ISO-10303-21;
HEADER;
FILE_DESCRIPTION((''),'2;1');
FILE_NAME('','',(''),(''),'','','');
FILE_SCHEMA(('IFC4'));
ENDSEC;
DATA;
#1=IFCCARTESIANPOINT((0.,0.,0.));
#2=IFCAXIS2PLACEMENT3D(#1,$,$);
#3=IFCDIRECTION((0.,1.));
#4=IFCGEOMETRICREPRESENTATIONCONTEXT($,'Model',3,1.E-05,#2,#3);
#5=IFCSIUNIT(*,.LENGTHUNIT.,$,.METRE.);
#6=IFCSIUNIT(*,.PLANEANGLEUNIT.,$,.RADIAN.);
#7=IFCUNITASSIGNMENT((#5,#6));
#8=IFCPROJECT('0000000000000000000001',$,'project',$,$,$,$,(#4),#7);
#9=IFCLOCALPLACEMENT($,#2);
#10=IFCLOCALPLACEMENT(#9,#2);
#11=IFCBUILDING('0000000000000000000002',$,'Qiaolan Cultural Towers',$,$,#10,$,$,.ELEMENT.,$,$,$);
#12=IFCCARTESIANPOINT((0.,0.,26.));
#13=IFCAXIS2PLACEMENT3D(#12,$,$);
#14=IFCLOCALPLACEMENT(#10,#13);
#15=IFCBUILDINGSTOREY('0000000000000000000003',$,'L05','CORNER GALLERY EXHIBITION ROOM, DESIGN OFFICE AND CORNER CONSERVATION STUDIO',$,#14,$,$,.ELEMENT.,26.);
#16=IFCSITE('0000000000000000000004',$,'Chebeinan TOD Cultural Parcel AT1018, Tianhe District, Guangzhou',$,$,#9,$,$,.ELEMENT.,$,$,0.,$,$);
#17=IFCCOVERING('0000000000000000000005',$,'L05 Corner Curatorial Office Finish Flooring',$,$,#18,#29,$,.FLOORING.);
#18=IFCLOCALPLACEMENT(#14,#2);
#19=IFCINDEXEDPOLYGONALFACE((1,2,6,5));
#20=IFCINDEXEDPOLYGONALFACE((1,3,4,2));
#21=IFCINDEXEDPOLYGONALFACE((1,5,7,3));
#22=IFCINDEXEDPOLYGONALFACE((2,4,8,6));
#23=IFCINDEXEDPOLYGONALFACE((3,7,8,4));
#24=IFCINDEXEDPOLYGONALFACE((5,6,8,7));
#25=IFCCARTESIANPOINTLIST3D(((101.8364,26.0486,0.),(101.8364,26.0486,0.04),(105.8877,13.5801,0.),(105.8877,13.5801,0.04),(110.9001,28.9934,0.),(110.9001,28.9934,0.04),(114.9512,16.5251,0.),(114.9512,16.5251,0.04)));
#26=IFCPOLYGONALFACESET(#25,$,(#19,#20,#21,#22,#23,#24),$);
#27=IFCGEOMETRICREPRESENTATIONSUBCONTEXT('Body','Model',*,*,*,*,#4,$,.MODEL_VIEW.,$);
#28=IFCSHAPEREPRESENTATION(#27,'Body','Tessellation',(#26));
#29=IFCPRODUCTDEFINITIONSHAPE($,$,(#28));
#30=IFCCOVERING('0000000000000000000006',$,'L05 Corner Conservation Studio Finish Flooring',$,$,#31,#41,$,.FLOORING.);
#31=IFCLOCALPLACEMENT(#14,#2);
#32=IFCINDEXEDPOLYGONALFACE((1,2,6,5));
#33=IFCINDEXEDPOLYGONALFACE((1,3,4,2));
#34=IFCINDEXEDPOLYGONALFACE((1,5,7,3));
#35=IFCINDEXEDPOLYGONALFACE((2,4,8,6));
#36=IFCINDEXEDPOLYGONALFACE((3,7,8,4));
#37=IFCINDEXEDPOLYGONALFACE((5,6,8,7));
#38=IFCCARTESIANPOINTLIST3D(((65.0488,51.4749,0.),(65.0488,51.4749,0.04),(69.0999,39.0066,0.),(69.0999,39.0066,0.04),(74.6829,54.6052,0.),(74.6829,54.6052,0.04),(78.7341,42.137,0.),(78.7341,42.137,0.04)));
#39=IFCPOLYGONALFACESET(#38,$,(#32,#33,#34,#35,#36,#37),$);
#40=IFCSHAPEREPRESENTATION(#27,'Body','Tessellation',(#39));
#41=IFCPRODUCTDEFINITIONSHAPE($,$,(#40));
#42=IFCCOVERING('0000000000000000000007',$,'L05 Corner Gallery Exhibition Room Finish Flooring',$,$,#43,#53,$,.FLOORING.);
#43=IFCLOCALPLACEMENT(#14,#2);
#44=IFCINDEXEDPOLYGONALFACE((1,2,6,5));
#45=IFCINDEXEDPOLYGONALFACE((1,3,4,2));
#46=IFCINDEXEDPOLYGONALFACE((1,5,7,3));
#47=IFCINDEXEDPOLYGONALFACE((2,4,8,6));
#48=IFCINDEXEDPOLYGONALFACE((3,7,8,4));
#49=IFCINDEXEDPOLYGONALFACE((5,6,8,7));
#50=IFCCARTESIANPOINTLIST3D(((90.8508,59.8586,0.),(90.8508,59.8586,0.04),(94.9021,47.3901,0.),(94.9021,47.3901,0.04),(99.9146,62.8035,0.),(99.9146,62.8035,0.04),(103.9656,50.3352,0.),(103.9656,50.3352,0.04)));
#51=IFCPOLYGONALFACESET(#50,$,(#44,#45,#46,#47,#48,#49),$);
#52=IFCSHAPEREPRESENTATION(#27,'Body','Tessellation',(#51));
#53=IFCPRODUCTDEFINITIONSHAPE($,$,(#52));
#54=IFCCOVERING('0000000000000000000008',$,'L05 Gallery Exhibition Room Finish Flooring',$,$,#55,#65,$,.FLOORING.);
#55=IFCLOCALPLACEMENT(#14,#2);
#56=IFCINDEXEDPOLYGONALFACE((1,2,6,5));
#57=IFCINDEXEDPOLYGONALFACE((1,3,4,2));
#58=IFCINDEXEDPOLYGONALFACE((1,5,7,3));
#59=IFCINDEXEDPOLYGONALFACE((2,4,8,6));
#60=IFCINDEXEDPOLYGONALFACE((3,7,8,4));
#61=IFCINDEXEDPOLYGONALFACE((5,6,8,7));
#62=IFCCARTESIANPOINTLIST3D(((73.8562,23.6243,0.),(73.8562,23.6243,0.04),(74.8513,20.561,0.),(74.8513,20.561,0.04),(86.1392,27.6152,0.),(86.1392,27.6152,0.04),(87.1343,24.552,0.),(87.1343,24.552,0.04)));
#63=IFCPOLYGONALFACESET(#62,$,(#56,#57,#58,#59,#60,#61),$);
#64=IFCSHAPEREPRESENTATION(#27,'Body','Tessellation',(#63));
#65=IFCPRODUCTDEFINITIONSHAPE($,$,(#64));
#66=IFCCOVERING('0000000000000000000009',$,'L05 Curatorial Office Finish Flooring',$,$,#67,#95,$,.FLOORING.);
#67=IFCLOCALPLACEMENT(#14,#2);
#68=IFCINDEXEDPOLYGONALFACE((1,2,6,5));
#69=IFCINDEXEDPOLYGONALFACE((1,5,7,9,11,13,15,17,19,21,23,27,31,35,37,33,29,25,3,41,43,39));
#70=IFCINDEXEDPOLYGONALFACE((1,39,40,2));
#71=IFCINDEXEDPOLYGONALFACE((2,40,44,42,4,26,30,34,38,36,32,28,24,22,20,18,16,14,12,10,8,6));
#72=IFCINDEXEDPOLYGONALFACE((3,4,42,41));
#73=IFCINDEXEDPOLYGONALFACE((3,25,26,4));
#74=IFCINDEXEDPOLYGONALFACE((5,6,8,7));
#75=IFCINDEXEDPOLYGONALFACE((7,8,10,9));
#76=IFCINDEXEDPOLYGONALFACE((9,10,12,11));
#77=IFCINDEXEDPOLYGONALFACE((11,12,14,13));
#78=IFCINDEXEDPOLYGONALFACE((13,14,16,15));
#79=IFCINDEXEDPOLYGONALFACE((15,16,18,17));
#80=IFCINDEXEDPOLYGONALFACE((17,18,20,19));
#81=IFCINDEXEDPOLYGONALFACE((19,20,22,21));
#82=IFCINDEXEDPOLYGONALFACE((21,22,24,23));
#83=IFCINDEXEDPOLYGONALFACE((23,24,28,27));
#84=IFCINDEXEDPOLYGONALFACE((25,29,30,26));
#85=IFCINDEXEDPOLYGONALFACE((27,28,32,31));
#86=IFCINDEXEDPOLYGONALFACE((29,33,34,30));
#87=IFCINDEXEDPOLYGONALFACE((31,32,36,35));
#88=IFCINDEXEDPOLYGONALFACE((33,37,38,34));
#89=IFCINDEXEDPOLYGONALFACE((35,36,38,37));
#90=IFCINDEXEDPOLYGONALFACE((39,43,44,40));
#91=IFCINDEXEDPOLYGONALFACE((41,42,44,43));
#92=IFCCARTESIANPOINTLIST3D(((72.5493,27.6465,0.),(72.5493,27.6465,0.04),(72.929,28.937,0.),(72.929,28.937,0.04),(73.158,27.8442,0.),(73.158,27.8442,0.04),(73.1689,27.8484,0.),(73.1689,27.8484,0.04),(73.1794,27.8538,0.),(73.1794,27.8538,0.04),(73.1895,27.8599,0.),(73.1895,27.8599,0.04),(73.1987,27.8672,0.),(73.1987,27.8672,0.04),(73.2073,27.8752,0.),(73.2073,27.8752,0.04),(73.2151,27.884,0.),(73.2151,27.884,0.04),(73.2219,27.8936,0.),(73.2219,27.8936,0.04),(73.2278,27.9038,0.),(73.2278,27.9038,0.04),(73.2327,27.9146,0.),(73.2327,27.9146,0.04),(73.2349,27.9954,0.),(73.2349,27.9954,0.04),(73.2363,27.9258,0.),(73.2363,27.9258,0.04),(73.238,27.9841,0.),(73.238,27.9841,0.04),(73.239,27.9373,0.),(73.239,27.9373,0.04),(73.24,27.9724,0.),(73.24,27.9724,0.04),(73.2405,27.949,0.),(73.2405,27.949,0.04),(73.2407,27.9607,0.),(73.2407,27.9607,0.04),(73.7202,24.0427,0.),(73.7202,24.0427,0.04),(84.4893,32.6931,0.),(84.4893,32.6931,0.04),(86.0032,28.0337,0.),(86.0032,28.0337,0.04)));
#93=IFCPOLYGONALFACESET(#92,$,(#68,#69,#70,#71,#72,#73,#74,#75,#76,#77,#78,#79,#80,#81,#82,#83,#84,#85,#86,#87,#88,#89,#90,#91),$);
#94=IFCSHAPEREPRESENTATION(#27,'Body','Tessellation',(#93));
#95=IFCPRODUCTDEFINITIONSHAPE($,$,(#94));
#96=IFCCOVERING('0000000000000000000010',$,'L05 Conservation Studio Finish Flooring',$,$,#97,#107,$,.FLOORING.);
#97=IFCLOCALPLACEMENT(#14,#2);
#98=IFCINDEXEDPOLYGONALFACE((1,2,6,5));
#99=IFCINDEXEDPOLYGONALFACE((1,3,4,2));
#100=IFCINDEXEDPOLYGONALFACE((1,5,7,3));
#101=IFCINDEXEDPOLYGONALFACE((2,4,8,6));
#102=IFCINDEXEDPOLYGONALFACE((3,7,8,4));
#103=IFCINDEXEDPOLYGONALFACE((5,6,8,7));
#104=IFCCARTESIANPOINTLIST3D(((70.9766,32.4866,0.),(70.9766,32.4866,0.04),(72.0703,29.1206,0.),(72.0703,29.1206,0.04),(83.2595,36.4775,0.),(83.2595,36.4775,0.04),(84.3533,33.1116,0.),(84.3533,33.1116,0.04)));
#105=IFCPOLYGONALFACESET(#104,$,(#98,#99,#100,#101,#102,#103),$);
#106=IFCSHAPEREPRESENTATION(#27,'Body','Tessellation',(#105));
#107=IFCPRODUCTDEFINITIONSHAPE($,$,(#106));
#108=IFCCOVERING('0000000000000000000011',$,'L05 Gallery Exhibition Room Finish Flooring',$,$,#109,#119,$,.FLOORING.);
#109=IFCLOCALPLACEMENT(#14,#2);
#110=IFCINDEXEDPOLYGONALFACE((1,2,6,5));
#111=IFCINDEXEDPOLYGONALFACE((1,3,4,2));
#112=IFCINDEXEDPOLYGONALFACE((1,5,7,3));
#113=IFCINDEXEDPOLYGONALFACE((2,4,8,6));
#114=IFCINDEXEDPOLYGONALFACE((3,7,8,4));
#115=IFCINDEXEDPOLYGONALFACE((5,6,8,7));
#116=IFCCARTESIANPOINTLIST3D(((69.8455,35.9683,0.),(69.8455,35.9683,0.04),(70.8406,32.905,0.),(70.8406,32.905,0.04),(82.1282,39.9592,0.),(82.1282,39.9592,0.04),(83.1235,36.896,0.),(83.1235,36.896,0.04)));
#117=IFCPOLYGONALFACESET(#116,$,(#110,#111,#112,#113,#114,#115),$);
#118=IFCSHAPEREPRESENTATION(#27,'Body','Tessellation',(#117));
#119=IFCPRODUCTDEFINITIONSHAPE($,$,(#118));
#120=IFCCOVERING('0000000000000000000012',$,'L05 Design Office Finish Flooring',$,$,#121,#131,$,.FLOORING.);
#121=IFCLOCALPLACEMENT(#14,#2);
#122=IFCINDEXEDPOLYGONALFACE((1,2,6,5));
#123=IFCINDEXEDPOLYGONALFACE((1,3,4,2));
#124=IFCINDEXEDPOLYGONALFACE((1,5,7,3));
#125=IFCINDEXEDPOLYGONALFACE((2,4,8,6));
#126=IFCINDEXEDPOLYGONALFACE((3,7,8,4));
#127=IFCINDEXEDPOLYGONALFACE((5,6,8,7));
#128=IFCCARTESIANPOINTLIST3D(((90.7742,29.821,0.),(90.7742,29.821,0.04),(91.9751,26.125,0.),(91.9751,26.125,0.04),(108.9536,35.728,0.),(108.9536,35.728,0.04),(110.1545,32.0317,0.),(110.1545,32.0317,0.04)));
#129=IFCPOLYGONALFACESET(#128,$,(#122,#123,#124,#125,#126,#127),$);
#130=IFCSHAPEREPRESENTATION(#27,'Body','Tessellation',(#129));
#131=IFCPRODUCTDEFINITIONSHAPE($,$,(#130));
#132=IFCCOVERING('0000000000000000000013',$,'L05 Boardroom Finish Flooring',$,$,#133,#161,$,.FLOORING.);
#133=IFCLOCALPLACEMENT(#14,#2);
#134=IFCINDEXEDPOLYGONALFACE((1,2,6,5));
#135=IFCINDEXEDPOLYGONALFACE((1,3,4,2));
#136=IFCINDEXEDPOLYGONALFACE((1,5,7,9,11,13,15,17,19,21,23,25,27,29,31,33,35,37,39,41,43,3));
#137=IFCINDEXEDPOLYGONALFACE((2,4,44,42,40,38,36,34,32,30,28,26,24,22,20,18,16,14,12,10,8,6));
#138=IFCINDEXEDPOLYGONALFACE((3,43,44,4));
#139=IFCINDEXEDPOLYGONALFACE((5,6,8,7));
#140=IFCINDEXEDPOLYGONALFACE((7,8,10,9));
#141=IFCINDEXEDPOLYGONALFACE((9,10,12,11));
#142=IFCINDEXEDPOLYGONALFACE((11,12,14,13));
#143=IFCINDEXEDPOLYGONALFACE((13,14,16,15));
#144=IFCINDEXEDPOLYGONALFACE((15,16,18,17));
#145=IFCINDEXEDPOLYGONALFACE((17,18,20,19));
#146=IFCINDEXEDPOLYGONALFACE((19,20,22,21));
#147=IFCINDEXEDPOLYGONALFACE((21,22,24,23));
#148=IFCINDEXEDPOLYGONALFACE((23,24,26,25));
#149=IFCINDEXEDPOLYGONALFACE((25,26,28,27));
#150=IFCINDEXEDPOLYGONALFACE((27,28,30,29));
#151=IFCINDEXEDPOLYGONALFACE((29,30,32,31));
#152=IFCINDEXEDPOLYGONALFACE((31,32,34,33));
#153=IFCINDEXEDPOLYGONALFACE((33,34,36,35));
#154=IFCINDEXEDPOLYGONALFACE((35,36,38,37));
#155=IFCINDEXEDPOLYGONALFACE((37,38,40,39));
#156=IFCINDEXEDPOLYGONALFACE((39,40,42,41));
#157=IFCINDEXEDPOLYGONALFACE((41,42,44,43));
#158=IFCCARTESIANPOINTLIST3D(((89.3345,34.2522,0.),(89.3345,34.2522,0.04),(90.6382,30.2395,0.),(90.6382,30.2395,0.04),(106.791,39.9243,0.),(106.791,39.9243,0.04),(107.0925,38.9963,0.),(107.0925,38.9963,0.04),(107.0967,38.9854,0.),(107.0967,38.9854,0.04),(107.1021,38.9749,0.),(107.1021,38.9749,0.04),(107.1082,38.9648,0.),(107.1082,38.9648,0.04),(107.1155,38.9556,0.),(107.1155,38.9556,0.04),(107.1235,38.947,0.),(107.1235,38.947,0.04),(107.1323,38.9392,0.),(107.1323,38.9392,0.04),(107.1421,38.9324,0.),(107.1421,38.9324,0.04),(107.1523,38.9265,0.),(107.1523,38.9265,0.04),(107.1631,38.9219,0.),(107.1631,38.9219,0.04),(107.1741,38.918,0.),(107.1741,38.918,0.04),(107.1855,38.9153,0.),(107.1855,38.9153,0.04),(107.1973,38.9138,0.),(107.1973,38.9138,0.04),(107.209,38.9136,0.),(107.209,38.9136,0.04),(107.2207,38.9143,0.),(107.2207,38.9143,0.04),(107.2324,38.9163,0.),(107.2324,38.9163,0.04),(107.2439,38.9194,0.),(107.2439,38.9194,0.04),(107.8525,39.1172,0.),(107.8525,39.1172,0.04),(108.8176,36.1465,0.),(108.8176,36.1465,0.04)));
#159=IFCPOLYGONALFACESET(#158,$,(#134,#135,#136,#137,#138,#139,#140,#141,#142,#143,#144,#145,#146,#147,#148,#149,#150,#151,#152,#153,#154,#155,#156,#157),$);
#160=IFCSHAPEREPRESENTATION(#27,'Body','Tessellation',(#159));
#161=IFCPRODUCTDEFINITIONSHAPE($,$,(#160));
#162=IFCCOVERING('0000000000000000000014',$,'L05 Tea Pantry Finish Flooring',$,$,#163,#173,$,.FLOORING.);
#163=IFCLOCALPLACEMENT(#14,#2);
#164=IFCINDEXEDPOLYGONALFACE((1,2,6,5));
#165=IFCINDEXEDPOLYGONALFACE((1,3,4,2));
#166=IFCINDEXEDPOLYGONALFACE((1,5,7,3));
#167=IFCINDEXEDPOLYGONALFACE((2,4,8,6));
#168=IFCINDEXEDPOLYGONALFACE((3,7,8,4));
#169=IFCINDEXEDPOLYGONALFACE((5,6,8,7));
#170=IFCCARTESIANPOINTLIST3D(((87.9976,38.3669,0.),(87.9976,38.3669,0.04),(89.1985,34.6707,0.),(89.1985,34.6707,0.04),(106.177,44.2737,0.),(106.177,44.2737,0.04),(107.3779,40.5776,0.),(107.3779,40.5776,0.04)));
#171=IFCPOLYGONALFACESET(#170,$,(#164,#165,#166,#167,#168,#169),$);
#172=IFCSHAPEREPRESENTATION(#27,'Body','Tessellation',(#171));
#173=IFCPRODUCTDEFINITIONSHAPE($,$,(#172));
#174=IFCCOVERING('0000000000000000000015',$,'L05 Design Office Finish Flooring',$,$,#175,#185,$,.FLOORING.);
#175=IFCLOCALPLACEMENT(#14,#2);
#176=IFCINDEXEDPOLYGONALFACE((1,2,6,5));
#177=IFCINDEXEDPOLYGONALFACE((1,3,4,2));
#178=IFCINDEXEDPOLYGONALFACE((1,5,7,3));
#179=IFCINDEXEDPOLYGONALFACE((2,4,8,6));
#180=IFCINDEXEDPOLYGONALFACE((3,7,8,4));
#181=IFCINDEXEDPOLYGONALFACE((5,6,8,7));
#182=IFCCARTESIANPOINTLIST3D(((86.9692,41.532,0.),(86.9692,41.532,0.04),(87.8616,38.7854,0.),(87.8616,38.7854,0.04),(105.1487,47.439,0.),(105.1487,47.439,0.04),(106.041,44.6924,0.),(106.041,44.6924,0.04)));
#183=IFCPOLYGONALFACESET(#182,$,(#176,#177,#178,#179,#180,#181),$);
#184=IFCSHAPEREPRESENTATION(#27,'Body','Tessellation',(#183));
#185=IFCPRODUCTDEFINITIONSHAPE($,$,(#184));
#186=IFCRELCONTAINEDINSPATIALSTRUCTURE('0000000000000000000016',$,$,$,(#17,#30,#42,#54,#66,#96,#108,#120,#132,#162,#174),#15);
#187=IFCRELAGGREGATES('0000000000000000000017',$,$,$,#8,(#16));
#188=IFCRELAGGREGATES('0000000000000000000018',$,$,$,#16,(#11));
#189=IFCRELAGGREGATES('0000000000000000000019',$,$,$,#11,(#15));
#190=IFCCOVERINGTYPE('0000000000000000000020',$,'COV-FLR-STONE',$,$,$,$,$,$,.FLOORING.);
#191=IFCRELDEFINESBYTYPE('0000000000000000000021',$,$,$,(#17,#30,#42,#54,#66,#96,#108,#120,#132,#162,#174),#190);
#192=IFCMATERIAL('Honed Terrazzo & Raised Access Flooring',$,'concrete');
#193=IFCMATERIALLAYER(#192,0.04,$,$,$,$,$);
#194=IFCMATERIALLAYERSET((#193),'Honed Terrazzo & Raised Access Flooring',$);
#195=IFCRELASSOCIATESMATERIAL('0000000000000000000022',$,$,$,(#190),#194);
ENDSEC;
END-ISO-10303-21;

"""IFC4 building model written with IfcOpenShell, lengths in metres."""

from ifc_helpers import new_model, si_unit, direction, frame, origin, place, context, subcontext, project, spatial, polyline, outline, extrude, material, layer, layer_set, type_object, element, save


model = new_model("IFC4")

# Units and contexts
model_context = context("Model", 3, precision=1e-05, world=origin(), true_north=direction((0.0, 1.0)))
body_context = subcontext(model_context, "Body", "Model", "MODEL_VIEW")
ifc_project = project(units=[si_unit("LENGTHUNIT", "METRE"), si_unit("PLANEANGLEUNIT", "RADIAN")], contexts=[model_context])

# Site, building, storey
site_placement = place(None, origin())
site = spatial("IfcSite", under=ifc_project, at=site_placement, Name="Chebeinan TOD Cultural Parcel AT1018, Tianhe District, Guangzhou", CompositionType="ELEMENT", RefElevation=0.0)
building_placement = place(site_placement, origin())
building = spatial("IfcBuilding", under=site, at=building_placement, Name="Qiaolan Cultural Towers", CompositionType="ELEMENT")
storey_placement = place(building_placement, frame((0.0, 0.0, 26.0)))
storey = spatial("IfcBuildingStorey", under=building, at=storey_placement, Name="L05", Description="CORNER GALLERY EXHIBITION ROOM, DESIGN OFFICE AND CORNER CONSERVATION STUDIO", CompositionType="ELEMENT", Elevation=26.0)

# Coverings
ifc_material_1 = material(Name="Honed Terrazzo & Raised Access Flooring", Category="concrete")
ifc_layer_1 = layer(ifc_material_1, 0.04)
ifc_layer_set_1 = layer_set([ifc_layer_1], Name="Honed Terrazzo & Raised Access Flooring")
covering_type = type_object("IfcCoveringType", Name="COV-FLR-STONE", PredefinedType="FLOORING", material=ifc_layer_set_1)
covering_1_placement = place(storey_placement, origin())
element("IfcCovering", 1, at=covering_1_placement, inside=storey, type_object=covering_type, Name="L05 Corner Curatorial Office Finish Flooring", PredefinedType="FLOORING", context=body_context, shape_type="SweptSolid", body=[
    extrude(outline(polyline([(114.9512, 16.5251), (110.9001, 28.9934), (101.8364, 26.0486), (105.8877, 13.5801), (114.9512, 16.5251)])), origin(), (0.0, 0.0, 1.0), 0.04),
])
covering_2_placement = place(storey_placement, origin())
element("IfcCovering", 2, at=covering_2_placement, inside=storey, type_object=covering_type, Name="L05 Corner Conservation Studio Finish Flooring", PredefinedType="FLOORING", context=body_context, shape_type="SweptSolid", body=[
    extrude(outline(polyline([(78.7341, 42.137), (74.6829, 54.6052), (65.0488, 51.4749), (69.0999, 39.0066), (78.7341, 42.137)])), origin(), (0.0, 0.0, 1.0), 0.04),
])
covering_3_placement = place(storey_placement, origin())
element("IfcCovering", 3, at=covering_3_placement, inside=storey, type_object=covering_type, Name="L05 Corner Gallery Exhibition Room Finish Flooring", PredefinedType="FLOORING", context=body_context, shape_type="SweptSolid", body=[
    extrude(outline(polyline([(103.9656, 50.3352), (99.9146, 62.8035), (90.8508, 59.8586), (94.9021, 47.3901), (103.9656, 50.3352)])), origin(), (0.0, 0.0, 1.0), 0.04),
])
covering_4_placement = place(storey_placement, origin())
element("IfcCovering", 4, at=covering_4_placement, inside=storey, type_object=covering_type, Name="L05 Gallery Exhibition Room Finish Flooring", PredefinedType="FLOORING", context=body_context, shape_type="SweptSolid", body=[
    extrude(outline(polyline([(87.1343, 24.552), (86.1392, 27.6152), (73.8562, 23.6243), (74.8513, 20.561), (87.1343, 24.552)])), origin(), (0.0, 0.0, 1.0), 0.04),
])
covering_5_placement = place(storey_placement, origin())
element("IfcCovering", 5, at=covering_5_placement, inside=storey, type_object=covering_type, Name="L05 Curatorial Office Finish Flooring", PredefinedType="FLOORING", context=body_context, shape_type="SweptSolid", body=[
    extrude(outline(polyline([(73.2349, 27.9954), (73.238, 27.9841), (73.24, 27.9724), (73.2407, 27.9607), (73.2405, 27.949), (73.239, 27.9373), (73.2363, 27.9258), (73.2327, 27.9146), (73.2278, 27.9038), (73.2219, 27.8936), (73.2151, 27.884), (73.2073, 27.8752), (73.1987, 27.8672), (73.1895, 27.8599), (73.1794, 27.8538), (73.1689, 27.8484), (73.158, 27.8442), (72.5493, 27.6465), (73.7202, 24.0427), (86.0032, 28.0337), (84.4893, 32.6931), (72.929, 28.937), (73.2349, 27.9954)])), origin(), (0.0, 0.0, 1.0), 0.04),
])
covering_6_placement = place(storey_placement, origin())
element("IfcCovering", 6, at=covering_6_placement, inside=storey, type_object=covering_type, Name="L05 Conservation Studio Finish Flooring", PredefinedType="FLOORING", context=body_context, shape_type="SweptSolid", body=[
    extrude(outline(polyline([(84.3533, 33.1116), (83.2595, 36.4775), (70.9766, 32.4866), (72.0703, 29.1206), (84.3533, 33.1116)])), origin(), (0.0, 0.0, 1.0), 0.04),
])
covering_7_placement = place(storey_placement, origin())
element("IfcCovering", 7, at=covering_7_placement, inside=storey, type_object=covering_type, Name="L05 Gallery Exhibition Room Finish Flooring", PredefinedType="FLOORING", context=body_context, shape_type="SweptSolid", body=[
    extrude(outline(polyline([(83.1235, 36.896), (82.1282, 39.9592), (69.8455, 35.9683), (70.8406, 32.905), (83.1235, 36.896)])), origin(), (0.0, 0.0, 1.0), 0.04),
])
covering_8_placement = place(storey_placement, origin())
element("IfcCovering", 8, at=covering_8_placement, inside=storey, type_object=covering_type, Name="L05 Design Office Finish Flooring", PredefinedType="FLOORING", context=body_context, shape_type="SweptSolid", body=[
    extrude(outline(polyline([(110.1545, 32.0317), (108.9536, 35.728), (90.7742, 29.821), (91.9751, 26.125), (110.1545, 32.0317)])), origin(), (0.0, 0.0, 1.0), 0.04),
])
covering_9_placement = place(storey_placement, origin())
element("IfcCovering", 9, at=covering_9_placement, inside=storey, type_object=covering_type, Name="L05 Boardroom Finish Flooring", PredefinedType="FLOORING", context=body_context, shape_type="SweptSolid", body=[
    extrude(outline(polyline([(89.3345, 34.2522), (90.6382, 30.2395), (108.8176, 36.1465), (107.8525, 39.1172), (107.2439, 38.9194), (107.2324, 38.9163), (107.2207, 38.9143), (107.209, 38.9136), (107.1973, 38.9138), (107.1855, 38.9153), (107.1741, 38.918), (107.1631, 38.9219), (107.1523, 38.9265), (107.1421, 38.9324), (107.1323, 38.9392), (107.1235, 38.947), (107.1155, 38.9556), (107.1082, 38.9648), (107.1021, 38.9749), (107.0967, 38.9854), (107.0925, 38.9963), (106.791, 39.9243), (89.3345, 34.2522)])), origin(), (0.0, 0.0, 1.0), 0.04),
])
covering_10_placement = place(storey_placement, origin())
element("IfcCovering", 10, at=covering_10_placement, inside=storey, type_object=covering_type, Name="L05 Tea Pantry Finish Flooring", PredefinedType="FLOORING", context=body_context, shape_type="SweptSolid", body=[
    extrude(outline(polyline([(107.3779, 40.5776), (106.177, 44.2737), (87.9976, 38.3669), (89.1985, 34.6707), (107.3779, 40.5776)])), origin(), (0.0, 0.0, 1.0), 0.04),
])
covering_11_placement = place(storey_placement, origin())
element("IfcCovering", 11, at=covering_11_placement, inside=storey, type_object=covering_type, Name="L05 Design Office Finish Flooring", PredefinedType="FLOORING", context=body_context, shape_type="SweptSolid", body=[
    extrude(outline(polyline([(106.041, 44.6924), (105.1487, 47.439), (86.9692, 41.532), (87.8616, 38.7854), (106.041, 44.6924)])), origin(), (0.0, 0.0, 1.0), 0.04),
])

save(model, "model.ifc")
